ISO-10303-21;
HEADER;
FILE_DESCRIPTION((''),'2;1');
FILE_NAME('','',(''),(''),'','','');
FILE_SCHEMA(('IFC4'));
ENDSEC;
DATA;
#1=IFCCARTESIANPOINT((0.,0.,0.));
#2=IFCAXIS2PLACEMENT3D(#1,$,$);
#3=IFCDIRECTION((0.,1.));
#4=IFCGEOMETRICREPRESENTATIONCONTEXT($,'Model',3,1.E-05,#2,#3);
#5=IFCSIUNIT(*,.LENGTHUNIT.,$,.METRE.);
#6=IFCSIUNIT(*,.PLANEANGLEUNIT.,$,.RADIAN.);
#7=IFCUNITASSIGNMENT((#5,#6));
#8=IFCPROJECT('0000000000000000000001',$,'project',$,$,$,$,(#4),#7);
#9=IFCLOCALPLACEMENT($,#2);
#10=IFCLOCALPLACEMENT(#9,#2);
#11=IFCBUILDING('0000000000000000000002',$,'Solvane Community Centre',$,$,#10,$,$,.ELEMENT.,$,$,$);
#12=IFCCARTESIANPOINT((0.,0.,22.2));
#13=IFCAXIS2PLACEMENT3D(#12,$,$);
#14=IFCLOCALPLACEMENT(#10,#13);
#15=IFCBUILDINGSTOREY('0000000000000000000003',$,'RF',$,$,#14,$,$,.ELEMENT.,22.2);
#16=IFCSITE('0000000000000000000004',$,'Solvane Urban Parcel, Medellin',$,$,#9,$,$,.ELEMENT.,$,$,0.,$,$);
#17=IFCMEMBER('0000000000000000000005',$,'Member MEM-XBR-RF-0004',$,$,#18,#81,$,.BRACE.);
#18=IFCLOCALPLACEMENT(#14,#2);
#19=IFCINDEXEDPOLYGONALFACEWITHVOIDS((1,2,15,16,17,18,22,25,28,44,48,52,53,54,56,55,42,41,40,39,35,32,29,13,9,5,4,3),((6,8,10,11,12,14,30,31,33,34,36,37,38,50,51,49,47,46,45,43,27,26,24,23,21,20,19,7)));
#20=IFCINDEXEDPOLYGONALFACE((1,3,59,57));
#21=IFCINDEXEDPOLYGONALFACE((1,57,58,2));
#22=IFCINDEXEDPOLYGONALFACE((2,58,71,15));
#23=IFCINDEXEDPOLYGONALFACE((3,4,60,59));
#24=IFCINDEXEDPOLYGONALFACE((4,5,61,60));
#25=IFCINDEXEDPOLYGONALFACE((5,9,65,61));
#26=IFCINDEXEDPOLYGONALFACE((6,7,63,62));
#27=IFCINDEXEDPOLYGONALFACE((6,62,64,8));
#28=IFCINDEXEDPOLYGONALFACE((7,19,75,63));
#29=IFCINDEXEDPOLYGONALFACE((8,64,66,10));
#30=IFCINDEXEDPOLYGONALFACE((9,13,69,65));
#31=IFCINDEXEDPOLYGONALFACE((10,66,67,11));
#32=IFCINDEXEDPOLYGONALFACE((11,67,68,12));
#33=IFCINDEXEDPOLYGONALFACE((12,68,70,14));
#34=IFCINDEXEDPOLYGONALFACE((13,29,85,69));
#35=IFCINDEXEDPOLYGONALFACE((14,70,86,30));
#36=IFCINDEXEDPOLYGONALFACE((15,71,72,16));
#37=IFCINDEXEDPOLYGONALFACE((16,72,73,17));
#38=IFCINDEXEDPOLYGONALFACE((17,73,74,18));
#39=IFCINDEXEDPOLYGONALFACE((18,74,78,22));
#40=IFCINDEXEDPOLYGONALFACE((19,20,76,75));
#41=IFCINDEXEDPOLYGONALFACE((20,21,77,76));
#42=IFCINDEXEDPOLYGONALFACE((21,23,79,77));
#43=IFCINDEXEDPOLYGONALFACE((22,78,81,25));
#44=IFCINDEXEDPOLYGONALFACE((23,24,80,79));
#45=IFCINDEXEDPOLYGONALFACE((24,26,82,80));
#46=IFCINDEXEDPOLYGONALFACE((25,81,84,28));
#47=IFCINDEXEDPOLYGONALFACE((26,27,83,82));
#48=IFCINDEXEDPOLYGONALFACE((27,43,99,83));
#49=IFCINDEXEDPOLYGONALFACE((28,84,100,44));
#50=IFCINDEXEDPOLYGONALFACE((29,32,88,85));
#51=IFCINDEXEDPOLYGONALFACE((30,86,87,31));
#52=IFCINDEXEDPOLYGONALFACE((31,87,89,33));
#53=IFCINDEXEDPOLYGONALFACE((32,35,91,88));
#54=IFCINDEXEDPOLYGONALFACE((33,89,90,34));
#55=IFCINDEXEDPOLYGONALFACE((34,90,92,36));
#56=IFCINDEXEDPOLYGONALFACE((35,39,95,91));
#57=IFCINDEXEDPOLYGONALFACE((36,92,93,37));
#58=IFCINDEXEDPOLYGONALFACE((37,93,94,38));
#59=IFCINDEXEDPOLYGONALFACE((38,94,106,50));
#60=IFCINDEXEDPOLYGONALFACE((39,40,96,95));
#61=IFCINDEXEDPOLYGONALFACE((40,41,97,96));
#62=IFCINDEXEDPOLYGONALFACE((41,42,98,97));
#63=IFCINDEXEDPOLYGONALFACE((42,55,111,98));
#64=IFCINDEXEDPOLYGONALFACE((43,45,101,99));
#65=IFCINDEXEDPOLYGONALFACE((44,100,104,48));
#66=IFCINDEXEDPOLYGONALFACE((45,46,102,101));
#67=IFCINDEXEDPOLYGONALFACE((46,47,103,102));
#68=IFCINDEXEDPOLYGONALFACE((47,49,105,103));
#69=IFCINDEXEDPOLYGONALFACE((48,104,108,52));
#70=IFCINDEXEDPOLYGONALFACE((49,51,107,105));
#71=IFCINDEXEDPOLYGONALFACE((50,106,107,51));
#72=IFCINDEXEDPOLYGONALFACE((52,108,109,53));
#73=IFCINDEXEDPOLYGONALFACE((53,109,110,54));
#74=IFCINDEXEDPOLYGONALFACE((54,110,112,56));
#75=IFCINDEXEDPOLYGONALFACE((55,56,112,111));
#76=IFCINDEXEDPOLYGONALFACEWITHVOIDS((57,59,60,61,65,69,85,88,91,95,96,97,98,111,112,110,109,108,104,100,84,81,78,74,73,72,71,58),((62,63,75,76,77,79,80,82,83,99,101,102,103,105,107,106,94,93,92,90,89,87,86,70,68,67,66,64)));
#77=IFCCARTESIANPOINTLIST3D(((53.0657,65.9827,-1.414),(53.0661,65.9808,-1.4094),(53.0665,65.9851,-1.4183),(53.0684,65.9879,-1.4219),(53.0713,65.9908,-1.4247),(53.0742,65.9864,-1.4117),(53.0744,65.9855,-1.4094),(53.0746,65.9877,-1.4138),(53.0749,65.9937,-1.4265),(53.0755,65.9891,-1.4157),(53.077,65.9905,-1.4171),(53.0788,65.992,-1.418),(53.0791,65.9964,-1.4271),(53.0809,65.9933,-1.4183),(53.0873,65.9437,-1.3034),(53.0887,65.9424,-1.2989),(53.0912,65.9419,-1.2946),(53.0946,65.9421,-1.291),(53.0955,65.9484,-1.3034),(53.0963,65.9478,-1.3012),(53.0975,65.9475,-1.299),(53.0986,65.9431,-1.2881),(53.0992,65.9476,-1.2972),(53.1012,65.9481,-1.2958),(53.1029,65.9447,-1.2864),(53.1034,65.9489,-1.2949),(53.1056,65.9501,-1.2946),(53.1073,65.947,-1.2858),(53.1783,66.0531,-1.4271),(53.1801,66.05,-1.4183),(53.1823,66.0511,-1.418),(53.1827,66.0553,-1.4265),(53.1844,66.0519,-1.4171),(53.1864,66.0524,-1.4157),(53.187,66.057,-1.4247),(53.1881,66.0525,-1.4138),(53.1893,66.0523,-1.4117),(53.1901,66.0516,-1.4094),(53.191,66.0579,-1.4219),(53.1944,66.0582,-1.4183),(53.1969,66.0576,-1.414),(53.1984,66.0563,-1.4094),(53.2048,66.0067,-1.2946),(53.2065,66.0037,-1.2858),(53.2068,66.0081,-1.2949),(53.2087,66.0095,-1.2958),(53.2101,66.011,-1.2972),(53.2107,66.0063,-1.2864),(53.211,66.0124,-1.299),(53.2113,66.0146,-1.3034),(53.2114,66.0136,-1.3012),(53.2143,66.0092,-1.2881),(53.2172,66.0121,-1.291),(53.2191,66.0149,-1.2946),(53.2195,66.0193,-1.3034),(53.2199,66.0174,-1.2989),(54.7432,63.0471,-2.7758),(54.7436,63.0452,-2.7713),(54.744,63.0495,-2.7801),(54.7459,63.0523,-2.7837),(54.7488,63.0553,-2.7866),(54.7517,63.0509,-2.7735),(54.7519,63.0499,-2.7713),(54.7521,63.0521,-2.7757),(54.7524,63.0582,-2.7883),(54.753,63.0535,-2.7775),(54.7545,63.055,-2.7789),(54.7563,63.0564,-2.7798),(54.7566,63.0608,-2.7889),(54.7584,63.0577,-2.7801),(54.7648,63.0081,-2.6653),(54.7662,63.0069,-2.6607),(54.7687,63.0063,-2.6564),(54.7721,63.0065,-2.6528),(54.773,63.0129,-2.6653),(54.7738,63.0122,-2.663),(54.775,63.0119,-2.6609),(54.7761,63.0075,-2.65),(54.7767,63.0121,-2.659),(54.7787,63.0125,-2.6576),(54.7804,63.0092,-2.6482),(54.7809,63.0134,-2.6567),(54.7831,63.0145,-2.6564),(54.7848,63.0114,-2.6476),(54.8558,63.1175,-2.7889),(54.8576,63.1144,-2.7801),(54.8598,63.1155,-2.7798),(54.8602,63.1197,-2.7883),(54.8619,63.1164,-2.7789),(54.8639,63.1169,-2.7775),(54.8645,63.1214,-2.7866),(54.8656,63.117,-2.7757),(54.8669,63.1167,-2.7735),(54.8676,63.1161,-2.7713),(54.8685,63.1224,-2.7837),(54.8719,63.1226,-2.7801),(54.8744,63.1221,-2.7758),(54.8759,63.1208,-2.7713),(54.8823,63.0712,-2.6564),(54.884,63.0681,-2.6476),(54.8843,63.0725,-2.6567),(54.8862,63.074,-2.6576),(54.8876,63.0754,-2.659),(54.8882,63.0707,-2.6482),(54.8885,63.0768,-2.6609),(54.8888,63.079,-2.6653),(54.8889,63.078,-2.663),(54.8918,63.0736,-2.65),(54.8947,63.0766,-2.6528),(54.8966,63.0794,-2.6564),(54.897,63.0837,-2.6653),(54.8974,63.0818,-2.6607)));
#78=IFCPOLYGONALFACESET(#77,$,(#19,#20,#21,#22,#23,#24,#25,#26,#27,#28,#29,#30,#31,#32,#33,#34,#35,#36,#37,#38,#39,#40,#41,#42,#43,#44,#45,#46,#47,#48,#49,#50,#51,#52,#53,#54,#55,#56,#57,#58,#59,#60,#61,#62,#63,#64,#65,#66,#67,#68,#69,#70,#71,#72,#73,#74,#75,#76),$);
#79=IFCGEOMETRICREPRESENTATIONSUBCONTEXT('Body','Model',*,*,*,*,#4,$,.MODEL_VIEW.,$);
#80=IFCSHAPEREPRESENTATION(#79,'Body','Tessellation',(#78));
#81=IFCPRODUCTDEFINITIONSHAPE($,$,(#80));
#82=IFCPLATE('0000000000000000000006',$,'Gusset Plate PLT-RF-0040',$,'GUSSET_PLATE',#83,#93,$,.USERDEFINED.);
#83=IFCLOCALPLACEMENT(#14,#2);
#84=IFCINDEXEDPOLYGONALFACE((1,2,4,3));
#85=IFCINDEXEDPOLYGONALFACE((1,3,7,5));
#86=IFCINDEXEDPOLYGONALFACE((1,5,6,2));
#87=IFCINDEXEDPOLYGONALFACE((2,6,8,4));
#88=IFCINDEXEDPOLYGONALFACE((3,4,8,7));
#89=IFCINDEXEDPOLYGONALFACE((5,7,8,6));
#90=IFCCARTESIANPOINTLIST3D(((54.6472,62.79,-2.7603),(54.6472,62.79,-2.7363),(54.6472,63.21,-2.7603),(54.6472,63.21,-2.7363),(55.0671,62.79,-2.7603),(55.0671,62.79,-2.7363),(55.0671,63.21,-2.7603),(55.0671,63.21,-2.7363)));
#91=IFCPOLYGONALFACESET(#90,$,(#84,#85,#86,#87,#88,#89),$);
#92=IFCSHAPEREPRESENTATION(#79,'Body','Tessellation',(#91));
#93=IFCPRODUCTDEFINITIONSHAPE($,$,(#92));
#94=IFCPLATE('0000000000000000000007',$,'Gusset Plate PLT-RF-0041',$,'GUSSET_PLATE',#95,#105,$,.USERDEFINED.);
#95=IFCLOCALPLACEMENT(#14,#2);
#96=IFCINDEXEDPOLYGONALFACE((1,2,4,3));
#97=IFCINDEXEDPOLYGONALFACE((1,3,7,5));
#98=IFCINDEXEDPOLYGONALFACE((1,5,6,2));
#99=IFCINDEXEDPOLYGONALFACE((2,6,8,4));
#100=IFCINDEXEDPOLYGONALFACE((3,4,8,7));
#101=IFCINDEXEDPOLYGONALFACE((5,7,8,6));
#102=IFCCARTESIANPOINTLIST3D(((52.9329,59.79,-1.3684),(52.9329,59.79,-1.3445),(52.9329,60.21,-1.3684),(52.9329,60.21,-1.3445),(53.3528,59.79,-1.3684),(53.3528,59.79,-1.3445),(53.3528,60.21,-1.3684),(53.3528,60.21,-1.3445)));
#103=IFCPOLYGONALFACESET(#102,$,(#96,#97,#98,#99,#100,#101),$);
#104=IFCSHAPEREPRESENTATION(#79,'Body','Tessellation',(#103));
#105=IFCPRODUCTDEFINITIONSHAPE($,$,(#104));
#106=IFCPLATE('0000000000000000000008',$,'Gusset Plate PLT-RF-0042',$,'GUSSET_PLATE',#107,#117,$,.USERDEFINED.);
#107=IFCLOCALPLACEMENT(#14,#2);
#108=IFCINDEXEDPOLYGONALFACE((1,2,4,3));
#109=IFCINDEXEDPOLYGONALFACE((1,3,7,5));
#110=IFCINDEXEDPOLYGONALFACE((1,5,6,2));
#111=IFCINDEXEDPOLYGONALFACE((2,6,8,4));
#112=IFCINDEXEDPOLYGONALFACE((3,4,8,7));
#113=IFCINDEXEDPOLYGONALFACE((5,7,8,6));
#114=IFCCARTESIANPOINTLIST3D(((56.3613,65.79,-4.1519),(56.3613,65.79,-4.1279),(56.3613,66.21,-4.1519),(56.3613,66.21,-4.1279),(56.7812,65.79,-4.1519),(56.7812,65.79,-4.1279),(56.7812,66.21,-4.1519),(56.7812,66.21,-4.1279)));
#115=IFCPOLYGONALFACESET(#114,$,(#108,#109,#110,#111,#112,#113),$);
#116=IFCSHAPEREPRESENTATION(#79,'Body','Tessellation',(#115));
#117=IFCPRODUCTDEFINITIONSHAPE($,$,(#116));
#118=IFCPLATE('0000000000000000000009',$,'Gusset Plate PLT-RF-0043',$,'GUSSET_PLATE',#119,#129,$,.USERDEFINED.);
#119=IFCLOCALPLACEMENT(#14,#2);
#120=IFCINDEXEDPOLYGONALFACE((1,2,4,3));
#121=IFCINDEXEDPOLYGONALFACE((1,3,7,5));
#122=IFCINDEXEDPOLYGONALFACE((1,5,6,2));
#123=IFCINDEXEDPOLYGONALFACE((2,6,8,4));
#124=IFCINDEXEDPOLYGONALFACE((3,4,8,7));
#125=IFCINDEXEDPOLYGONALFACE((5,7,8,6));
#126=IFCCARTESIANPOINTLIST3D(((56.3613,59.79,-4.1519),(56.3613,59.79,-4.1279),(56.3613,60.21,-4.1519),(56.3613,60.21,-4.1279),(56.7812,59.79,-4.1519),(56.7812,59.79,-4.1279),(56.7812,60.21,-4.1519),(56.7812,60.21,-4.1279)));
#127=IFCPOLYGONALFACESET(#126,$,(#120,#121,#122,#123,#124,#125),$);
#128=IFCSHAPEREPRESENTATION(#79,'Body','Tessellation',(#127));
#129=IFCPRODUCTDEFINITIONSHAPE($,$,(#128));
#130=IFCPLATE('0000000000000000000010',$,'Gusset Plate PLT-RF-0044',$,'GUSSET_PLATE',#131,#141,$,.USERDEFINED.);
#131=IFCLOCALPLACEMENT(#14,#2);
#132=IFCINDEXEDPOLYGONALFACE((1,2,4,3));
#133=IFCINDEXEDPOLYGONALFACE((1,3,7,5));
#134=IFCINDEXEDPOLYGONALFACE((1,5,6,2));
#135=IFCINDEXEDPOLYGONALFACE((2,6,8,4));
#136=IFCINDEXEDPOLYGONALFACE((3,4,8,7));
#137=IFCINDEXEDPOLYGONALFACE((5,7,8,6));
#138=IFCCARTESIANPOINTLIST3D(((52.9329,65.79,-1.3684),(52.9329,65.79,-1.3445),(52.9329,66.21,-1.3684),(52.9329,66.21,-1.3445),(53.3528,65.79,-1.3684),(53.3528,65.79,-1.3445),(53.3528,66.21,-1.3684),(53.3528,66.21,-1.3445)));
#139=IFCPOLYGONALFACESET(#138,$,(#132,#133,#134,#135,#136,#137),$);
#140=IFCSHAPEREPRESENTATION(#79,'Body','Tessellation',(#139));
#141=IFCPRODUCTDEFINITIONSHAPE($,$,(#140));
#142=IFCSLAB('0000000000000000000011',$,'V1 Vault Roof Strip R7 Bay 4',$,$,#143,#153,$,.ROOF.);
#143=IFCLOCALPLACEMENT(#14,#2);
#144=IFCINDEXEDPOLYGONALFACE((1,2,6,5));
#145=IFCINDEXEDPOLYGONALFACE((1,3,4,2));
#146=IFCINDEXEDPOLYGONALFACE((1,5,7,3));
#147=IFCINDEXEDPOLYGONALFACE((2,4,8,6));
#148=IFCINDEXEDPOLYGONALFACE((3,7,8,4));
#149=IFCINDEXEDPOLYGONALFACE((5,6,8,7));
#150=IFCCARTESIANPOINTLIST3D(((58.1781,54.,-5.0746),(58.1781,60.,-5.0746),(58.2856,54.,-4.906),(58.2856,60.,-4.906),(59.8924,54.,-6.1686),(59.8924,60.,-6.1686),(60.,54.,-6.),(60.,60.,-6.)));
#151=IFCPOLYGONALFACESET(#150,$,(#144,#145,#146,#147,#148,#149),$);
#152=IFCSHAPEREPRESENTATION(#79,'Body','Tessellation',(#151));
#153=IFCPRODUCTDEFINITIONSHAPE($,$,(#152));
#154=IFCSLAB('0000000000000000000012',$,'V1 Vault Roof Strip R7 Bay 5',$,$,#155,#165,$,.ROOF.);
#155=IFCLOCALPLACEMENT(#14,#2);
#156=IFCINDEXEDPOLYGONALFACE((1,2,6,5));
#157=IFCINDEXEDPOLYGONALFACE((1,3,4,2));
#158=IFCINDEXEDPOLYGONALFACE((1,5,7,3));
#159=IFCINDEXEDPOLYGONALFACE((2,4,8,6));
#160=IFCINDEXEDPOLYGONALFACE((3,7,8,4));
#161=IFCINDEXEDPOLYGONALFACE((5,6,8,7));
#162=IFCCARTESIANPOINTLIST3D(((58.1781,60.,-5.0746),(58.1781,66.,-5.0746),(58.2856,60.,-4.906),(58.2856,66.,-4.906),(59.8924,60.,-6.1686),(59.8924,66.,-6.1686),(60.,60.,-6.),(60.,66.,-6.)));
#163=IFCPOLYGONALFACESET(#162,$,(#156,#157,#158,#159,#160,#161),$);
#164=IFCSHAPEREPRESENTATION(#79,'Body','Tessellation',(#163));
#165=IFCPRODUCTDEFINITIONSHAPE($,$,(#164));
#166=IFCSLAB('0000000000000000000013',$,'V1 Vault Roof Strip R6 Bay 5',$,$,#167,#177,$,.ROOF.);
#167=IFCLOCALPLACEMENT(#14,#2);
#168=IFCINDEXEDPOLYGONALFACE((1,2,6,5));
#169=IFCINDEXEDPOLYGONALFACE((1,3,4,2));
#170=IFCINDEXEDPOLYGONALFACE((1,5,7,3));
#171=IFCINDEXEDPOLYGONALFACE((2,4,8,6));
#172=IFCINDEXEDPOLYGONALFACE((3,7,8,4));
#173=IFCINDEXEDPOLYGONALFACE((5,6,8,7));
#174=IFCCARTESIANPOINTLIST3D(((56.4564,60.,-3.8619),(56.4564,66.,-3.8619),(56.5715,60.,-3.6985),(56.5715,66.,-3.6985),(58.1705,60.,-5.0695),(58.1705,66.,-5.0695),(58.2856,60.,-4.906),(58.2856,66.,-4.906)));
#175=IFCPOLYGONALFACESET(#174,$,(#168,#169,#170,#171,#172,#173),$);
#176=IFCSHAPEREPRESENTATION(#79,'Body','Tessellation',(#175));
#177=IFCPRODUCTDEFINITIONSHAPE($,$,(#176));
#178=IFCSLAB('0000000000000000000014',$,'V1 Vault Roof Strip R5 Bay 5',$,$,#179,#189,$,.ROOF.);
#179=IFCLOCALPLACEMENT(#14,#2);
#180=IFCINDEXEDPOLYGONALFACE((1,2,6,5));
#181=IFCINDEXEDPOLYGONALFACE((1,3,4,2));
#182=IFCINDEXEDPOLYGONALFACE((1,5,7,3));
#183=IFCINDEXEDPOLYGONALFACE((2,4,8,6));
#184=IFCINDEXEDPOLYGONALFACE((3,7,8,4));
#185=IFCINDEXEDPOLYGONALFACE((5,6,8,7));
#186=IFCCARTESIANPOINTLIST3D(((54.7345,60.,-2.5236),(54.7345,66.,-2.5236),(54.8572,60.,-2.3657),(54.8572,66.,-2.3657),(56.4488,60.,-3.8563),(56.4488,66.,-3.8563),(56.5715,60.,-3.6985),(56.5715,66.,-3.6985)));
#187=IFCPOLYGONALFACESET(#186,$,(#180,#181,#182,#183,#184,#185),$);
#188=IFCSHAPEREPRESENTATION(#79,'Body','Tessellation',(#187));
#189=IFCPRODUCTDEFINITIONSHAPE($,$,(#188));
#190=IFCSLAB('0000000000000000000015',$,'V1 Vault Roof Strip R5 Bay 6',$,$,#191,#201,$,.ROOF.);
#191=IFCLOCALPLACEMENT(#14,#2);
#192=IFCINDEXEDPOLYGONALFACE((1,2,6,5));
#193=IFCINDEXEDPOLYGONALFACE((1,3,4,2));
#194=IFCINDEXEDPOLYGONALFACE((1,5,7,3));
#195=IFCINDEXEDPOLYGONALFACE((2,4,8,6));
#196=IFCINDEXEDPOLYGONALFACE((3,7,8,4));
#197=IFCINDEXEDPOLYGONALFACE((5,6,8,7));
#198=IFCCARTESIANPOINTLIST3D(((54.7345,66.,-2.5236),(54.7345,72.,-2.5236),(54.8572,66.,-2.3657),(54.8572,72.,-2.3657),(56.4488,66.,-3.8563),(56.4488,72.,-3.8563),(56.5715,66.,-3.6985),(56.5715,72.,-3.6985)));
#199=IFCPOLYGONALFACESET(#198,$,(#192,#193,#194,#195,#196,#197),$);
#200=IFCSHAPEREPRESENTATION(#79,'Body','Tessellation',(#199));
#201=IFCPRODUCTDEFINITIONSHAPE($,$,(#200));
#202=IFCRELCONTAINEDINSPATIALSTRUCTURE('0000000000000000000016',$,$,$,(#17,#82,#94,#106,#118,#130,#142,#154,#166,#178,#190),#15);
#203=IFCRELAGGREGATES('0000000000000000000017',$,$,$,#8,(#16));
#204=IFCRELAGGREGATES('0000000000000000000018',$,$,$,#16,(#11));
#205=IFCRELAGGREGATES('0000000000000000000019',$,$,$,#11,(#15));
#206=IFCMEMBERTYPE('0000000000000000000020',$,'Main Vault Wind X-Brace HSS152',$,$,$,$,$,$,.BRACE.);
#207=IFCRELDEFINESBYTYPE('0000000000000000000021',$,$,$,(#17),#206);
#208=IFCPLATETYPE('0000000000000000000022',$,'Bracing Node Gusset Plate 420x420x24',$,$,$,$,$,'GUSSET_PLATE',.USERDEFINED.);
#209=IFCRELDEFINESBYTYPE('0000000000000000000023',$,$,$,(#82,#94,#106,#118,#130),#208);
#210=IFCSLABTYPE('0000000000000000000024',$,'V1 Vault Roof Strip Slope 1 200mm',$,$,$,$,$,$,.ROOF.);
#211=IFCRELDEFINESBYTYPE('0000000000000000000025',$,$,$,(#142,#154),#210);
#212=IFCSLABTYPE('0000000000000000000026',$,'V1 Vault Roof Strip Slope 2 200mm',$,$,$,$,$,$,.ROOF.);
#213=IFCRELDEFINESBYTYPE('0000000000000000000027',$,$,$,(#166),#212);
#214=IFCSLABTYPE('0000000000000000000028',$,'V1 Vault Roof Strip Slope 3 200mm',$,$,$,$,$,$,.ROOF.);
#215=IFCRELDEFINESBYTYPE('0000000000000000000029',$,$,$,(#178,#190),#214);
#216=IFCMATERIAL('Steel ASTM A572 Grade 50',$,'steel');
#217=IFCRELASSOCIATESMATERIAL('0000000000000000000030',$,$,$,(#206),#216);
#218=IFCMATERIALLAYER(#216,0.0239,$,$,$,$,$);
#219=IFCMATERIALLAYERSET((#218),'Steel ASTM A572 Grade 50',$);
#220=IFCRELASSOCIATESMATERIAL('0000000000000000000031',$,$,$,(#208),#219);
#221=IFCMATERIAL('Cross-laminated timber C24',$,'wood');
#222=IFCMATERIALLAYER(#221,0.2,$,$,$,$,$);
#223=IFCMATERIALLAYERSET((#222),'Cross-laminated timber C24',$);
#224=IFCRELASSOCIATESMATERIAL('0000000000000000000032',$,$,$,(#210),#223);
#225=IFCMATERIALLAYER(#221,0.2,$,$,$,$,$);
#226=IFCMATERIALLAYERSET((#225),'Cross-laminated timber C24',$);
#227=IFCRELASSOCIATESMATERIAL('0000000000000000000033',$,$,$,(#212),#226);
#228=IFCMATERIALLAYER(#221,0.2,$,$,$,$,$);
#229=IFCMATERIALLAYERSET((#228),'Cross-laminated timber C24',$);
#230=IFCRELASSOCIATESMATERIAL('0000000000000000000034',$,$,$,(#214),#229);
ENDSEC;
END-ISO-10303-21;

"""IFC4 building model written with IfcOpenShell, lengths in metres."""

from ifc_helpers import new_model, si_unit, direction, frame, origin, origin_2d, place, context, subcontext, project, spatial, polyline, rectangle, hollow_rectangle, outline, extrude, material, layer, layer_set, material_profile, profile_set, type_object, element, save


model = new_model("IFC4")

# Units and contexts
model_context = context("Model", 3, precision=1e-05, world=origin(), true_north=direction((0.0, 1.0)))
body_context = subcontext(model_context, "Body", "Model", "MODEL_VIEW")
ifc_project = project(units=[si_unit("LENGTHUNIT", "METRE"), si_unit("PLANEANGLEUNIT", "RADIAN")], contexts=[model_context])

# Site, building, storey
site_placement = place(None, origin())
site = spatial("IfcSite", under=ifc_project, at=site_placement, Name="Solvane Urban Parcel, Medellin", CompositionType="ELEMENT", RefElevation=0.0)
building_placement = place(site_placement, origin())
building = spatial("IfcBuilding", under=site, at=building_placement, Name="Solvane Community Centre", CompositionType="ELEMENT")
storey_placement = place(building_placement, frame((0.0, 0.0, 22.2)))
storey = spatial("IfcBuildingStorey", under=building, at=storey_placement, Name="RF", CompositionType="ELEMENT", Elevation=22.2)

# Member
ifc_material_1 = material(Name="Steel ASTM A572 Grade 50", Category="steel")
ifc_material_profile_1 = material_profile(ifc_material_1, hollow_rectangle(XDim=0.1523, YDim=0.1523, WallThickness=0.0095, InnerFilletRadius=0.0095, OuterFilletRadius=0.019, at=origin_2d()), Name="HSS 152x152x9.5")
ifc_profile_set_1 = profile_set([ifc_material_profile_1], Name="Steel ASTM A572 Grade 50")
member_type_1 = type_object("IfcMemberType", Name="Main Vault Wind X-Brace HSS152", PredefinedType="BRACE", material=ifc_profile_set_1)
for number, where, z_axis, x_axis, name in (
    (1, (54.8203, 63.0645, -2.7183), (-0.460218, 0.805365, 0.373613), (-0.868239, -0.496147, 0.0), "Member MEM-XBR-RF-0004"),
):
    element("IfcMember", number, at=place(storey_placement, frame(where, z_axis=z_axis, x_axis=x_axis)), inside=storey, type_object=member_type_1, Name=name, PredefinedType="BRACE", context=body_context, shape_type="SweptSolid", body=[
        extrude(hollow_rectangle(XDim=0.1523, YDim=0.1523, WallThickness=0.0095, InnerFilletRadius=0.0095, OuterFilletRadius=0.019, at=origin_2d()), origin(), (0.0, 0.0, 1.0), 3.645),
    ])

# Plates
ifc_layer_1 = layer(ifc_material_1, 0.0239)
ifc_layer_set_1 = layer_set([ifc_layer_1], Name="Steel ASTM A572 Grade 50")
plate_type = type_object("IfcPlateType", Name="Bracing Node Gusset Plate 420x420x24", ElementType="GUSSET_PLATE", PredefinedType="USERDEFINED", material=ifc_layer_set_1)
for number, where, z_axis, x_axis, name in (
    (2, (54.8572, 63.0, -2.7603), (0.0, 0.0, 1.0), (1.0, 0.0, 0.0), "Gusset Plate PLT-RF-0040"),
    (3, (53.1428, 60.0, -1.3684), (0.0, 0.0, 1.0), (1.0, 0.0, 0.0), "Gusset Plate PLT-RF-0041"),
    (4, (56.5713, 66.0, -4.1519), (0.0, 0.0, 1.0), (1.0, 0.0, 0.0), "Gusset Plate PLT-RF-0042"),
    (5, (56.5713, 60.0, -4.1519), (0.0, 0.0, 1.0), (1.0, 0.0, 0.0), "Gusset Plate PLT-RF-0043"),
    (6, (53.1428, 66.0, -1.3684), (0.0, 0.0, 1.0), (1.0, 0.0, 0.0), "Gusset Plate PLT-RF-0044"),
):
    element("IfcPlate", number, at=place(storey_placement, frame(where, z_axis=z_axis, x_axis=x_axis)), inside=storey, type_object=plate_type, Name=name, ObjectType="GUSSET_PLATE", PredefinedType="USERDEFINED", context=body_context, shape_type="SweptSolid", body=[
        extrude(rectangle(XDim=0.4199, YDim=0.4199, at=origin_2d()), origin(), (0.0, 0.0, 1.0), 0.0239),
    ])

# Slabs
ifc_material_2 = material(Name="Cross-laminated timber C24", Category="wood")
ifc_layer_2 = layer(ifc_material_2, 0.2)
ifc_layer_set_2 = layer_set([ifc_layer_2], Name="Cross-laminated timber C24")
slab_type_1 = type_object("IfcSlabType", Name="V1 Vault Roof Strip Slope 1 200mm", PredefinedType="ROOF", material=ifc_layer_set_2)
for number, where, z_axis, x_axis, name in (
    (7, (58.2856, 54.0, -4.906), (0.537939, 0.0, 0.842984), (0.842984, 0.0, -0.537939), "V1 Vault Roof Strip R7 Bay 4"),
    (8, (58.2856, 60.0, -4.906), (0.537939, 0.0, 0.842984), (0.842984, 0.0, -0.537939), "V1 Vault Roof Strip R7 Bay 5"),
):
    element("IfcSlab", number, at=place(storey_placement, frame(where, z_axis=z_axis, x_axis=x_axis)), inside=storey, type_object=slab_type_1, Name=name, PredefinedType="ROOF", context=body_context, shape_type="SweptSolid", body=[
        extrude(outline(polyline([(0.0, 0.0), (2.0337, 0.0), (2.0337, 6.0), (0.0, 6.0), (0.0, 0.0)])), origin(), (0.0, 0.0, -1.0), 0.2),
    ])
ifc_layer_3 = layer(ifc_material_2, 0.2)
ifc_layer_set_3 = layer_set([ifc_layer_3], Name="Cross-laminated timber C24")
slab_type_2 = type_object("IfcSlabType", Name="V1 Vault Roof Strip Slope 2 200mm", PredefinedType="ROOF", material=ifc_layer_set_3)
slab_placement = place(storey_placement, frame((56.5715, 60.0, -3.6985), z_axis=(0.575906, 0.0, 0.817516), x_axis=(0.817516, 0.0, -0.575906)))
element("IfcSlab", 9, at=slab_placement, inside=storey, type_object=slab_type_2, Name="V1 Vault Roof Strip R6 Bay 5", PredefinedType="ROOF", context=body_context, shape_type="SweptSolid", body=[
    extrude(outline(polyline([(0.0, 0.0), (2.0967, 0.0), (2.0967, 6.0), (0.0, 6.0), (0.0, 0.0)])), origin(), (0.0, 0.0, -1.0), 0.2),
])
ifc_layer_4 = layer(ifc_material_2, 0.2)
ifc_layer_set_4 = layer_set([ifc_layer_4], Name="Cross-laminated timber C24")
slab_type_3 = type_object("IfcSlabType", Name="V1 Vault Roof Strip Slope 3 200mm", PredefinedType="ROOF", material=ifc_layer_set_4)
for number, where, z_axis, x_axis, name in (
    (10, (54.8572, 60.0, -2.3657), (0.613762, 0.0, 0.789491), (0.789491, 0.0, -0.613762), "V1 Vault Roof Strip R5 Bay 5"),
    (11, (54.8572, 66.0, -2.3657), (0.613762, 0.0, 0.789491), (0.789491, 0.0, -0.613762), "V1 Vault Roof Strip R5 Bay 6"),
):
    element("IfcSlab", number, at=place(storey_placement, frame(where, z_axis=z_axis, x_axis=x_axis)), inside=storey, type_object=slab_type_3, Name=name, PredefinedType="ROOF", context=body_context, shape_type="SweptSolid", body=[
        extrude(outline(polyline([(0.0, 0.0), (2.1715, 0.0), (2.1715, 6.0), (0.0, 6.0), (0.0, 0.0)])), origin(), (0.0, 0.0, -1.0), 0.2),
    ])

save(model, "model.ifc")
